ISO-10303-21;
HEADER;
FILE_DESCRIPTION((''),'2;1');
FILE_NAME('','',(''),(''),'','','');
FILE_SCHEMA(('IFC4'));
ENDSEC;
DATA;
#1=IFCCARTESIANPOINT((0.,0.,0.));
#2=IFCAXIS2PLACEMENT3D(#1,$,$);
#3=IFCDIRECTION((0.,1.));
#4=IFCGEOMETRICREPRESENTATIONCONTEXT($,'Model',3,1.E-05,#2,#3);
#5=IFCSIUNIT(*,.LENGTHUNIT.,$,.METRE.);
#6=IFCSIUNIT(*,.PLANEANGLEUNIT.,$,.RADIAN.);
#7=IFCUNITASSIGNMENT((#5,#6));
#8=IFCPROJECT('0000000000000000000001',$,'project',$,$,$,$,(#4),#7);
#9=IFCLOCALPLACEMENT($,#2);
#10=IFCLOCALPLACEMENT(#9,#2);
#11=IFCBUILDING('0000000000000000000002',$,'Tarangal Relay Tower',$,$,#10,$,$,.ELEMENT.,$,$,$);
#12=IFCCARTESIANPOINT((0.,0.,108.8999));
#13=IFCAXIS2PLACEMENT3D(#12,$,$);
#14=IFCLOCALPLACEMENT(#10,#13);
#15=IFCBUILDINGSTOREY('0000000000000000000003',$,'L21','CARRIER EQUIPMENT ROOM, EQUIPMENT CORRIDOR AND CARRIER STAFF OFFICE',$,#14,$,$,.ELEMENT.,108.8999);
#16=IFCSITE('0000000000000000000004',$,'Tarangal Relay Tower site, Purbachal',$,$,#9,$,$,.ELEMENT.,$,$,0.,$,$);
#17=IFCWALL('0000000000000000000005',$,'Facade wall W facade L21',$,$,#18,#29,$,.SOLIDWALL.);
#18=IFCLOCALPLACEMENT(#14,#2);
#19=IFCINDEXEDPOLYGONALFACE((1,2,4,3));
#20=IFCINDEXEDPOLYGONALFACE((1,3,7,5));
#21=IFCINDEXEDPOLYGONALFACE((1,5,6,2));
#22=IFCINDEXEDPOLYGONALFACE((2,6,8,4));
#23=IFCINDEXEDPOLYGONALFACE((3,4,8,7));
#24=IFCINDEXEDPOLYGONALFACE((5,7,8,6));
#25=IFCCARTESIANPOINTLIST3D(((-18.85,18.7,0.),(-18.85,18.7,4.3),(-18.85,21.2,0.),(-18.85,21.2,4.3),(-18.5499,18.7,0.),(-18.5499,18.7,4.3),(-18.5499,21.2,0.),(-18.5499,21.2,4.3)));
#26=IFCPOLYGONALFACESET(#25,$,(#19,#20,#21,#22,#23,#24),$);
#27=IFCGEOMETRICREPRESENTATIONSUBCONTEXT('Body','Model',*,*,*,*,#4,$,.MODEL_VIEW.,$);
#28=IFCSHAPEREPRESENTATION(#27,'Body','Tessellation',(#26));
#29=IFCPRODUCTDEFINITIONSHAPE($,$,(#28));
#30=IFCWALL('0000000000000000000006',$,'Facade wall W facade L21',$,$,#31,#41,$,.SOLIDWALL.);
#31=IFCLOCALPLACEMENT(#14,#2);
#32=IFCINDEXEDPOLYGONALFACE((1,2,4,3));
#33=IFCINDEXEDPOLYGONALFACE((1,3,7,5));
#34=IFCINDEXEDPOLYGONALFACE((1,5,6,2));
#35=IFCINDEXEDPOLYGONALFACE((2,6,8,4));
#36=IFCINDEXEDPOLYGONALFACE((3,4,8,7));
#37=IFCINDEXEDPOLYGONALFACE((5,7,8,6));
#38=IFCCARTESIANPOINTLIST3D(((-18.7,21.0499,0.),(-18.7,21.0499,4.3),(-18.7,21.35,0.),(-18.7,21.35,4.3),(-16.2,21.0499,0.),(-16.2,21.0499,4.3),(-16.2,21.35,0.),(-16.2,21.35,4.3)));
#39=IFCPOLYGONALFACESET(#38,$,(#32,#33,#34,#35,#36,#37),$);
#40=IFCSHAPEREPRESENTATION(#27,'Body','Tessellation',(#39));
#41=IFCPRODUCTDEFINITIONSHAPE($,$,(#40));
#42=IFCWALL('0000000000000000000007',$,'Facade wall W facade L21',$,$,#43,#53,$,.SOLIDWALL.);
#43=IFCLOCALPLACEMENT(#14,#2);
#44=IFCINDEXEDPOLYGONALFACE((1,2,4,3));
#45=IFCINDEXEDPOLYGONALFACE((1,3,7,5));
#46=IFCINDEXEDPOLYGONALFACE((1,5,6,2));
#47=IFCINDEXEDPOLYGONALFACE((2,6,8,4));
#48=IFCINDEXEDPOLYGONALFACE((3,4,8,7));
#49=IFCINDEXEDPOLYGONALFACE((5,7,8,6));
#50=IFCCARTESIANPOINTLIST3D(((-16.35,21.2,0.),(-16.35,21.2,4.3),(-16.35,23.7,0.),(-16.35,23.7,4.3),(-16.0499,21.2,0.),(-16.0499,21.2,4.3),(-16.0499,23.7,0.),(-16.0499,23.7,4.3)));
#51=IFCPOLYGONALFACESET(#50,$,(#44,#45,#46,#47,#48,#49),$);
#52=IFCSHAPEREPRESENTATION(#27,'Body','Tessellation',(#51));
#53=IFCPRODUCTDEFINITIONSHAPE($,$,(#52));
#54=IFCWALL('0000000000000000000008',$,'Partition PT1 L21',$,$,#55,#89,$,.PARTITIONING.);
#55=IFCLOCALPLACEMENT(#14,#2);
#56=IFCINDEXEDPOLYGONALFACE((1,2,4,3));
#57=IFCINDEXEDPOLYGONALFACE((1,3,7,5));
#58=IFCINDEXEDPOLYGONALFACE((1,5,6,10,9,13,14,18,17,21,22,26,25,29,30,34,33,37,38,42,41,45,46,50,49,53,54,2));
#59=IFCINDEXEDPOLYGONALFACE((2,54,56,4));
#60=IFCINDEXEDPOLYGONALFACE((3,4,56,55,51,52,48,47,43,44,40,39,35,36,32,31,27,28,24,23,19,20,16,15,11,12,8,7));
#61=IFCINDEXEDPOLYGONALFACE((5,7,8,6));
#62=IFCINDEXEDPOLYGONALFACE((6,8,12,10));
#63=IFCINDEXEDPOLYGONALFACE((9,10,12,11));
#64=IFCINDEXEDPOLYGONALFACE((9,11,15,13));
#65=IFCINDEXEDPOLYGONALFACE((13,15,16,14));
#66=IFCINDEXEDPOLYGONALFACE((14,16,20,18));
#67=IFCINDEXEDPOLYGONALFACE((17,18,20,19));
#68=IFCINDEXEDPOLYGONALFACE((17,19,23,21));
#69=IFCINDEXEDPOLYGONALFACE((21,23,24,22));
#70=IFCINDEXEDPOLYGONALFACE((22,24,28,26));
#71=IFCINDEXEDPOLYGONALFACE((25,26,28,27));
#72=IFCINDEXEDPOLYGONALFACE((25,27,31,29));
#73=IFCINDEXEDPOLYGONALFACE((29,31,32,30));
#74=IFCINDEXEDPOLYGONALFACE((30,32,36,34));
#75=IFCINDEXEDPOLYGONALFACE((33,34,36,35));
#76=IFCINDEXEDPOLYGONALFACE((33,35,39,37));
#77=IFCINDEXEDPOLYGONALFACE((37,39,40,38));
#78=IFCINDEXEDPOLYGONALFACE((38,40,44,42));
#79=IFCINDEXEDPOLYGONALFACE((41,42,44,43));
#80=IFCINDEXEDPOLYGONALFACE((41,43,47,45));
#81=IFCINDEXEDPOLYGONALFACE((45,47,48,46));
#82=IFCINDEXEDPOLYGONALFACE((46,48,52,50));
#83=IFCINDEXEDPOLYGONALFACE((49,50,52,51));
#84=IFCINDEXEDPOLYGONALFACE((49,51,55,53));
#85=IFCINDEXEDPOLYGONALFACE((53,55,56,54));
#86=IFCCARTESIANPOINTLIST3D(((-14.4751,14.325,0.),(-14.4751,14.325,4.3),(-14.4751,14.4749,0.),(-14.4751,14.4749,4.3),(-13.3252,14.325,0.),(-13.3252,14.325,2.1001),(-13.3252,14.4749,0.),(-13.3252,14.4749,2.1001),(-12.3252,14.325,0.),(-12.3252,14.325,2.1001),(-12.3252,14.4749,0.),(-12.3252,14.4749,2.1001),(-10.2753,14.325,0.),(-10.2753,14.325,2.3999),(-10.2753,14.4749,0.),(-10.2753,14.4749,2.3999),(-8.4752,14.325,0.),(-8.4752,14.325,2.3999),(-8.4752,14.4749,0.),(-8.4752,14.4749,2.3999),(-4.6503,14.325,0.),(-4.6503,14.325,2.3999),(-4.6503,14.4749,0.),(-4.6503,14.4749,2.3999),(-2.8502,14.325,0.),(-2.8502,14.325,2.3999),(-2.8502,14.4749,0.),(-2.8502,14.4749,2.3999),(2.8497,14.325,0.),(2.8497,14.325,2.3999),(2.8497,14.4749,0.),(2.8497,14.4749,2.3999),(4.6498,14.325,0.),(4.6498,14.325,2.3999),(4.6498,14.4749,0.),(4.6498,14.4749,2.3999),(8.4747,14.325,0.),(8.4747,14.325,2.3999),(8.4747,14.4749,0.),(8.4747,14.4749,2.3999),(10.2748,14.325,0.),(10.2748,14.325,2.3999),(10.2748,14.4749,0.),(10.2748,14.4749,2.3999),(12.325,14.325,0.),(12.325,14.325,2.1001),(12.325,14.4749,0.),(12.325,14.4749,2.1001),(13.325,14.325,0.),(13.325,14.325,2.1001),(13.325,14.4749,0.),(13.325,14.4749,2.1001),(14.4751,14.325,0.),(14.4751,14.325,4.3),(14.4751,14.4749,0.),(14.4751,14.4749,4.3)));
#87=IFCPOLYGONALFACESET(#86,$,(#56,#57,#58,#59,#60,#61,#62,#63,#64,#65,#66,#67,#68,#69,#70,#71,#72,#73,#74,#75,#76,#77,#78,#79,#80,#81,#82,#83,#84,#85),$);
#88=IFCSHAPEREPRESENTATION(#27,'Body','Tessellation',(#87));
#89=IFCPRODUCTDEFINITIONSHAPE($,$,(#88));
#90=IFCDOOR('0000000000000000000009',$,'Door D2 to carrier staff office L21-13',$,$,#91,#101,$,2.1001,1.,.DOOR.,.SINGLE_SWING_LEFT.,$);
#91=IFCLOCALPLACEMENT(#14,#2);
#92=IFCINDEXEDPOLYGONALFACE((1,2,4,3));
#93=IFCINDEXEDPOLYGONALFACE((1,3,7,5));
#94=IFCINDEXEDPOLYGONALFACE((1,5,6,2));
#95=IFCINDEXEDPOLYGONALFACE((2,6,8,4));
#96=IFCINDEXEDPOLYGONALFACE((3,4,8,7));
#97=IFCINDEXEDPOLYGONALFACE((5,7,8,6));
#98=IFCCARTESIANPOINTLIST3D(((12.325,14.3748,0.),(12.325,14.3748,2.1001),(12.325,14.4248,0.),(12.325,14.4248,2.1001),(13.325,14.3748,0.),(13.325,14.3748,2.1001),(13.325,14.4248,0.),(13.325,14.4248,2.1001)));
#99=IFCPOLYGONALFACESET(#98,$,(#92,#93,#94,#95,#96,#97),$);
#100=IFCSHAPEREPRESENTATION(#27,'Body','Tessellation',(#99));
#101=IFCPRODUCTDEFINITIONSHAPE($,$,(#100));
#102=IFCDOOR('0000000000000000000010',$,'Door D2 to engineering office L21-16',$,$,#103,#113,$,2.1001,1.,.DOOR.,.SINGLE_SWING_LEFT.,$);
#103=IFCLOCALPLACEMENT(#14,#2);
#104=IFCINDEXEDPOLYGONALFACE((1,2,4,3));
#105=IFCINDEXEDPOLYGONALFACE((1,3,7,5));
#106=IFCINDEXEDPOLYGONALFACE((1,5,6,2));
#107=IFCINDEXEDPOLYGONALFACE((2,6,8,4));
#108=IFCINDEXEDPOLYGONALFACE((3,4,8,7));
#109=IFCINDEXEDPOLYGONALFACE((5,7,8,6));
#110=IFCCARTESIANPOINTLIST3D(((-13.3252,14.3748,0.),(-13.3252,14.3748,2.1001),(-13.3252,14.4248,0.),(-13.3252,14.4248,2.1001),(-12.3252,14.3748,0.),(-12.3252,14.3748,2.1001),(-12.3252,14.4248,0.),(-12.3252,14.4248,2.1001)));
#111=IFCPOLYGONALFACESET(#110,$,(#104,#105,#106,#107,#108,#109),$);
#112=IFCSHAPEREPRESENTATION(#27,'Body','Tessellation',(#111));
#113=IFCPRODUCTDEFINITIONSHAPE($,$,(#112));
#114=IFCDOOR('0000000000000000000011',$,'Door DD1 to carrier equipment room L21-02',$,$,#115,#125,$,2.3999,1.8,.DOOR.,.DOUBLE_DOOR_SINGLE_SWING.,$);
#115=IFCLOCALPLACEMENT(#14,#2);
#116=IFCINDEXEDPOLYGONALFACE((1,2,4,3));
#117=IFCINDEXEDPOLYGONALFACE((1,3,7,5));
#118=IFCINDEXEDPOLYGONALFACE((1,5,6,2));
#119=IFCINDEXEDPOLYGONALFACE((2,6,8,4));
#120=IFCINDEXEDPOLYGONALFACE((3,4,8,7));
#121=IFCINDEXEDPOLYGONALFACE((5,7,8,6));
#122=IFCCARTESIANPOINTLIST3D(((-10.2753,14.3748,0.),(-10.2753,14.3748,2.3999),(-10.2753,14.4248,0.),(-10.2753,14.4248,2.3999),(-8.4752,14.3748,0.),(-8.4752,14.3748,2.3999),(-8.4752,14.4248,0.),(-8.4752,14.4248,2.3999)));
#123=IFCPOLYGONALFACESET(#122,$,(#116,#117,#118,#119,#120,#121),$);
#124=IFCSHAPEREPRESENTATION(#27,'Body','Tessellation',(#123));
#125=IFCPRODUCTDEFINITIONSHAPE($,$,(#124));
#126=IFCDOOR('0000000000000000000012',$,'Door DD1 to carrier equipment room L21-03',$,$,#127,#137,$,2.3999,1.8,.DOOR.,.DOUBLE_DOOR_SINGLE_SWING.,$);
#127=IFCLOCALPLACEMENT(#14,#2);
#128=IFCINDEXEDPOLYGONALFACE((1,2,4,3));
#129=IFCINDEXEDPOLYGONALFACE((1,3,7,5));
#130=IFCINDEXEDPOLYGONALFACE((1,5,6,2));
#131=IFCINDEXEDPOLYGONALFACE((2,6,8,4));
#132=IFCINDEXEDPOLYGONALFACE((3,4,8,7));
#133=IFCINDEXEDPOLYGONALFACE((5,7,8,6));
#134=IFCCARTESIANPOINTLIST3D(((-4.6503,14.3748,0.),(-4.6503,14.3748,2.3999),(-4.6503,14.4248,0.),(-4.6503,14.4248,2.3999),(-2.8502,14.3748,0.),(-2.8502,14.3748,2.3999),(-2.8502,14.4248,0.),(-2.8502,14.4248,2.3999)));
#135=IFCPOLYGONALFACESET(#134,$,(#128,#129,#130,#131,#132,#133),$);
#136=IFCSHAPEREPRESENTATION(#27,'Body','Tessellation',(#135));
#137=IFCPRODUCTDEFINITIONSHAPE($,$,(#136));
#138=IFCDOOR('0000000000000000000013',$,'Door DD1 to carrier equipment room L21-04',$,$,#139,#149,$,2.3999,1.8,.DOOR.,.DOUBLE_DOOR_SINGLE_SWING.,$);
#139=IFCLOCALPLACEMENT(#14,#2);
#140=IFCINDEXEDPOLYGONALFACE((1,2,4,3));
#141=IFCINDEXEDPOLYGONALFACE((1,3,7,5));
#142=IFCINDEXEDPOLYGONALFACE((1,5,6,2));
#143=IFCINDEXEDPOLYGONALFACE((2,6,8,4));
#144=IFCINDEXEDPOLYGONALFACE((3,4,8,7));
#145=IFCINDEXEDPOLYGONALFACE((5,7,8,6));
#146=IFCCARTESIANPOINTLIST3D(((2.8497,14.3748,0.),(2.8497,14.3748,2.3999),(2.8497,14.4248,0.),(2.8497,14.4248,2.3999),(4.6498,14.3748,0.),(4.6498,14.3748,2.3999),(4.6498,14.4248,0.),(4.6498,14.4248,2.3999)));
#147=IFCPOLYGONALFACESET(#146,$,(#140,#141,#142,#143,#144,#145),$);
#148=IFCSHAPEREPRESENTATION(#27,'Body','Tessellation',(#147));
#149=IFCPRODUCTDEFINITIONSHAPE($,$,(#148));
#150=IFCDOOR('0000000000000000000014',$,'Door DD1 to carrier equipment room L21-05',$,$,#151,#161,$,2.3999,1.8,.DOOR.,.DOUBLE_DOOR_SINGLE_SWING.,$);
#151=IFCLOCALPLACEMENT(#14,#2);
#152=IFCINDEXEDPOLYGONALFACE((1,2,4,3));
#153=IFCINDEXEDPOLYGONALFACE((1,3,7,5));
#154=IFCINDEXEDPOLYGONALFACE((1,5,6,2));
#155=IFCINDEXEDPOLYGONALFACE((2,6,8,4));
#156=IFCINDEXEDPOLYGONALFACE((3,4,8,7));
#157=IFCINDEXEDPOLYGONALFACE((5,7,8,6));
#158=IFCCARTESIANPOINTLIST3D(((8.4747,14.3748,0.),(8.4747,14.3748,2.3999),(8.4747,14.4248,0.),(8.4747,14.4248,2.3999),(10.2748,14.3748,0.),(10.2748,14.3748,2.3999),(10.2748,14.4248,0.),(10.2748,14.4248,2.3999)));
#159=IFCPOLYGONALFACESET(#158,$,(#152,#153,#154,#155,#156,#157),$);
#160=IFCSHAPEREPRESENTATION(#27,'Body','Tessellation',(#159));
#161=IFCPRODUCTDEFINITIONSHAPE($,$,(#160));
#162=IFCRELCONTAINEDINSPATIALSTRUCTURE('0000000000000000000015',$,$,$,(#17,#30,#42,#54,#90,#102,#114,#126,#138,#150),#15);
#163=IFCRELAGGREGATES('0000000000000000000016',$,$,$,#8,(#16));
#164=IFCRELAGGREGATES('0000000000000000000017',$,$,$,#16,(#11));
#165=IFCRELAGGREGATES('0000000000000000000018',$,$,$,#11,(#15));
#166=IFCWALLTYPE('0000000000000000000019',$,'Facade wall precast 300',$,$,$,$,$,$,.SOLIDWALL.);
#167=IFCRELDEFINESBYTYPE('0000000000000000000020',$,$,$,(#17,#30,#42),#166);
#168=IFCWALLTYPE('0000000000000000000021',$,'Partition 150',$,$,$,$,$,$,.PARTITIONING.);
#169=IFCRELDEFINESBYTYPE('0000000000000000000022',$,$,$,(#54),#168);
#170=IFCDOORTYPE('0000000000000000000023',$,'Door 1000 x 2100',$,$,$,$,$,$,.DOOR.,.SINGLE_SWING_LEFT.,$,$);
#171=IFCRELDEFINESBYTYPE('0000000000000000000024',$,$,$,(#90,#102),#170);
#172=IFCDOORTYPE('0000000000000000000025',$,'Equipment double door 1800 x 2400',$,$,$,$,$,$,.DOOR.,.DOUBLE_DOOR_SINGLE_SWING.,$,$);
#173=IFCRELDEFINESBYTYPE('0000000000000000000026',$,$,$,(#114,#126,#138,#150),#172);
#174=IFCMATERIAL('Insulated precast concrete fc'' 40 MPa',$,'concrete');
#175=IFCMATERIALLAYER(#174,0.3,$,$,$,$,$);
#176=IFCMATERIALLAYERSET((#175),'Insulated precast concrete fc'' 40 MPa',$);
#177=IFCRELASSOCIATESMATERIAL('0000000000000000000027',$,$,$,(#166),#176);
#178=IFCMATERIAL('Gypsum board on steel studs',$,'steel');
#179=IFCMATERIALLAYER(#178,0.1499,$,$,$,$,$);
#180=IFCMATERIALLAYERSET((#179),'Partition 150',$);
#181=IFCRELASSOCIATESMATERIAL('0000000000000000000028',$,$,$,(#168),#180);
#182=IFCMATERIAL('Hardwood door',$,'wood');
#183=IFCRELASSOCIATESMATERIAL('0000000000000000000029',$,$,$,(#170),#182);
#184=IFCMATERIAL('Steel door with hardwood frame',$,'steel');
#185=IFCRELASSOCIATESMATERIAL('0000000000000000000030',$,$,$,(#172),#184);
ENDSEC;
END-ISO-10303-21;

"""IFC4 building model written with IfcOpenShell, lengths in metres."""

from ifc_helpers import new_model, si_unit, direction, frame, frame_2d, origin, place, context, subcontext, project, spatial, rectangle, extrude, material, layer, layer_set, type_object, element, fill, save


model = new_model("IFC4")

# Units and contexts
model_context = context("Model", 3, precision=1e-05, world=origin(), true_north=direction((0.0, 1.0)))
body_context = subcontext(model_context, "Body", "Model", "MODEL_VIEW")
ifc_project = project(units=[si_unit("LENGTHUNIT", "METRE"), si_unit("PLANEANGLEUNIT", "RADIAN")], contexts=[model_context])

# Site, building, storey
site_placement = place(None, origin())
site = spatial("IfcSite", under=ifc_project, at=site_placement, Name="Tarangal Relay Tower site, Purbachal", CompositionType="ELEMENT", RefElevation=0.0)
building_placement = place(site_placement, origin())
building = spatial("IfcBuilding", under=site, at=building_placement, Name="Tarangal Relay Tower", CompositionType="ELEMENT")
storey_placement = place(building_placement, frame((0.0, 0.0, 108.8999)))
storey = spatial("IfcBuildingStorey", under=building, at=storey_placement, Name="L21", Description="CARRIER EQUIPMENT ROOM, EQUIPMENT CORRIDOR AND CARRIER STAFF OFFICE", CompositionType="ELEMENT", Elevation=108.8999)

# Shared definitions
ifc_material_1 = material(Name="Insulated precast concrete fc' 40 MPa", Category="concrete")
ifc_layer_1 = layer(ifc_material_1, 0.3)
ifc_layer_set_1 = layer_set([ifc_layer_1], Name="Insulated precast concrete fc' 40 MPa")
wall_type_1 = type_object("IfcWallType", Name="Facade wall precast 300", PredefinedType="SOLIDWALL", material=ifc_layer_set_1)

# Walls
for number, where, z_axis, x_axis, name in (
    (1, (-18.7, 18.7, 0.0), (0.0, 0.0, 1.0), (0.0, 1.0, 0.0), "Facade wall W facade L21"),
    (2, (-18.7, 21.2, 0.0), (0.0, 0.0, 1.0), (1.0, 0.0, 0.0), "Facade wall W facade L21"),
    (3, (-16.2, 21.2, 0.0), (0.0, 0.0, 1.0), (0.0, 1.0, 0.0), "Facade wall W facade L21"),
):
    element("IfcWall", number, at=place(storey_placement, frame(where, z_axis=z_axis, x_axis=x_axis)), inside=storey, type_object=wall_type_1, Name=name, PredefinedType="SOLIDWALL", context=body_context, shape_type="SweptSolid", body=[
        extrude(rectangle(XDim=2.5, YDim=0.3, at=frame_2d((1.25, 0.0))), origin(), (0.0, 0.0, 1.0), 4.3),
    ])

# Wall, openings, doors
ifc_material_2 = material(Name="Gypsum board on steel studs", Category="steel")
ifc_layer_2 = layer(ifc_material_2, 0.1499)
ifc_layer_set_2 = layer_set([ifc_layer_2], Name="Partition 150")
wall_type_2 = type_object("IfcWallType", Name="Partition 150", PredefinedType="PARTITIONING", material=ifc_layer_set_2)
wall_1_placement = place(storey_placement, frame((-14.4751, 14.3999, 0.0), z_axis=(0.0, 0.0, 1.0), x_axis=(1.0, 0.0, 0.0)))
wall_1 = element("IfcWall", 4, at=wall_1_placement, inside=storey, type_object=wall_type_2, Name="Partition PT1 L21", PredefinedType="PARTITIONING", context=body_context, shape_type="SweptSolid", body=[
    extrude(rectangle(XDim=28.9502, YDim=0.1499, at=frame_2d((14.4751, 0.0))), origin(), (0.0, 0.0, 1.0), 4.3),
])
opening_1_placement = place(wall_1_placement, frame((4.2, 0.0, 0.0)))
opening_1 = element("IfcOpeningElement", 5, at=opening_1_placement, cuts=wall_1, PredefinedType="OPENING", context=body_context, shape_type="SweptSolid", body=[
    extrude(rectangle(XDim=1.8, YDim=2.3999, at=frame_2d((0.8999, 1.2))), frame((0.0, 0.085, 0.0), z_axis=(0.0, -1.0, 0.0), x_axis=(1.0, 0.0, 0.0)), (0.0, 0.0, 1.0), 0.1699),
])
opening_2_placement = place(wall_1_placement, frame((9.825, 0.0, 0.0)))
opening_2 = element("IfcOpeningElement", 6, at=opening_2_placement, cuts=wall_1, PredefinedType="OPENING", context=body_context, shape_type="SweptSolid", body=[
    extrude(rectangle(XDim=1.8, YDim=2.3999, at=frame_2d((0.8999, 1.2))), frame((0.0, 0.085, 0.0), z_axis=(0.0, -1.0, 0.0), x_axis=(1.0, 0.0, 0.0)), (0.0, 0.0, 1.0), 0.1699),
])
opening_3_placement = place(wall_1_placement, frame((17.325, 0.0, 0.0)))
opening_3 = element("IfcOpeningElement", 7, at=opening_3_placement, cuts=wall_1, PredefinedType="OPENING", context=body_context, shape_type="SweptSolid", body=[
    extrude(rectangle(XDim=1.8, YDim=2.3999, at=frame_2d((0.8999, 1.2))), frame((0.0, 0.085, 0.0), z_axis=(0.0, -1.0, 0.0), x_axis=(1.0, 0.0, 0.0)), (0.0, 0.0, 1.0), 0.1699),
])
opening_4_placement = place(wall_1_placement, frame((22.95, 0.0, 0.0)))
opening_4 = element("IfcOpeningElement", 8, at=opening_4_placement, cuts=wall_1, PredefinedType="OPENING", context=body_context, shape_type="SweptSolid", body=[
    extrude(rectangle(XDim=1.8, YDim=2.3999, at=frame_2d((0.8999, 1.2))), frame((0.0, 0.085, 0.0), z_axis=(0.0, -1.0, 0.0), x_axis=(1.0, 0.0, 0.0)), (0.0, 0.0, 1.0), 0.1699),
])
opening_5_placement = place(wall_1_placement, frame((26.8, 0.0, 0.0)))
opening_5 = element("IfcOpeningElement", 9, at=opening_5_placement, cuts=wall_1, PredefinedType="OPENING", context=body_context, shape_type="SweptSolid", body=[
    extrude(rectangle(XDim=1.0, YDim=2.1001, at=frame_2d((0.5, 1.05))), frame((0.0, 0.085, 0.0), z_axis=(0.0, -1.0, 0.0), x_axis=(1.0, 0.0, 0.0)), (0.0, 0.0, 1.0), 0.1699),
])
opening_6_placement = place(wall_1_placement, frame((1.1499, 0.0, 0.0)))
opening_6 = element("IfcOpeningElement", 10, at=opening_6_placement, cuts=wall_1, PredefinedType="OPENING", context=body_context, shape_type="SweptSolid", body=[
    extrude(rectangle(XDim=1.0, YDim=2.1001, at=frame_2d((0.5, 1.05))), frame((0.0, 0.085, 0.0), z_axis=(0.0, -1.0, 0.0), x_axis=(1.0, 0.0, 0.0)), (0.0, 0.0, 1.0), 0.1699),
])
ifc_material_3 = material(Name="Hardwood door", Category="wood")
door_type_1 = type_object("IfcDoorType", Name="Door 1000 x 2100", OperationType="SINGLE_SWING_LEFT", PredefinedType="DOOR", material=ifc_material_3)
door_1_placement = place(opening_5_placement, origin())
door_1 = element("IfcDoor", 11, at=door_1_placement, inside=storey, type_object=door_type_1, Name="Door D2 to carrier staff office L21-13", OperationType="SINGLE_SWING_LEFT", OverallHeight=2.1001, OverallWidth=1.0, PredefinedType="DOOR", context=body_context, shape_type="SweptSolid", body=[
    extrude(rectangle(XDim=1.0, YDim=2.1001, at=frame_2d((0.5, 1.05))), frame((0.0, 0.0249, 0.0), z_axis=(0.0, -1.0, 0.0), x_axis=(1.0, 0.0, 0.0)), (0.0, 0.0, 1.0), 0.05),
])
fill(opening_5, door_1)
door_2_placement = place(opening_6_placement, origin())
door_2 = element("IfcDoor", 12, at=door_2_placement, inside=storey, type_object=door_type_1, Name="Door D2 to engineering office L21-16", OperationType="SINGLE_SWING_LEFT", OverallHeight=2.1001, OverallWidth=1.0, PredefinedType="DOOR", context=body_context, shape_type="SweptSolid", body=[
    extrude(rectangle(XDim=1.0, YDim=2.1001, at=frame_2d((0.5, 1.05))), frame((0.0, 0.0249, 0.0), z_axis=(0.0, -1.0, 0.0), x_axis=(1.0, 0.0, 0.0)), (0.0, 0.0, 1.0), 0.05),
])
fill(opening_6, door_2)
ifc_material_4 = material(Name="Steel door with hardwood frame", Category="steel")
door_type_2 = type_object("IfcDoorType", Name="Equipment double door 1800 x 2400", OperationType="DOUBLE_DOOR_SINGLE_SWING", PredefinedType="DOOR", material=ifc_material_4)
door_3_placement = place(opening_1_placement, origin())
door_3 = element("IfcDoor", 13, at=door_3_placement, inside=storey, type_object=door_type_2, Name="Door DD1 to carrier equipment room L21-02", OperationType="DOUBLE_DOOR_SINGLE_SWING", OverallHeight=2.3999, OverallWidth=1.8, PredefinedType="DOOR", context=body_context, shape_type="SweptSolid", body=[
    extrude(rectangle(XDim=1.8, YDim=2.3999, at=frame_2d((0.8999, 1.2))), frame((0.0, 0.0249, 0.0), z_axis=(0.0, -1.0, 0.0), x_axis=(1.0, 0.0, 0.0)), (0.0, 0.0, 1.0), 0.05),
])
fill(opening_1, door_3)
door_4_placement = place(opening_2_placement, origin())
door_4 = element("IfcDoor", 14, at=door_4_placement, inside=storey, type_object=door_type_2, Name="Door DD1 to carrier equipment room L21-03", OperationType="DOUBLE_DOOR_SINGLE_SWING", OverallHeight=2.3999, OverallWidth=1.8, PredefinedType="DOOR", context=body_context, shape_type="SweptSolid", body=[
    extrude(rectangle(XDim=1.8, YDim=2.3999, at=frame_2d((0.8999, 1.2))), frame((0.0, 0.0249, 0.0), z_axis=(0.0, -1.0, 0.0), x_axis=(1.0, 0.0, 0.0)), (0.0, 0.0, 1.0), 0.05),
])
fill(opening_2, door_4)
door_5_placement = place(opening_3_placement, origin())
door_5 = element("IfcDoor", 15, at=door_5_placement, inside=storey, type_object=door_type_2, Name="Door DD1 to carrier equipment room L21-04", OperationType="DOUBLE_DOOR_SINGLE_SWING", OverallHeight=2.3999, OverallWidth=1.8, PredefinedType="DOOR", context=body_context, shape_type="SweptSolid", body=[
    extrude(rectangle(XDim=1.8, YDim=2.3999, at=frame_2d((0.8999, 1.2))), frame((0.0, 0.0249, 0.0), z_axis=(0.0, -1.0, 0.0), x_axis=(1.0, 0.0, 0.0)), (0.0, 0.0, 1.0), 0.05),
])
fill(opening_3, door_5)
door_6_placement = place(opening_4_placement, origin())
door_6 = element("IfcDoor", 16, at=door_6_placement, inside=storey, type_object=door_type_2, Name="Door DD1 to carrier equipment room L21-05", OperationType="DOUBLE_DOOR_SINGLE_SWING", OverallHeight=2.3999, OverallWidth=1.8, PredefinedType="DOOR", context=body_context, shape_type="SweptSolid", body=[
    extrude(rectangle(XDim=1.8, YDim=2.3999, at=frame_2d((0.8999, 1.2))), frame((0.0, 0.0249, 0.0), z_axis=(0.0, -1.0, 0.0), x_axis=(1.0, 0.0, 0.0)), (0.0, 0.0, 1.0), 0.05),
])
fill(opening_4, door_6)

save(model, "model.ifc")
